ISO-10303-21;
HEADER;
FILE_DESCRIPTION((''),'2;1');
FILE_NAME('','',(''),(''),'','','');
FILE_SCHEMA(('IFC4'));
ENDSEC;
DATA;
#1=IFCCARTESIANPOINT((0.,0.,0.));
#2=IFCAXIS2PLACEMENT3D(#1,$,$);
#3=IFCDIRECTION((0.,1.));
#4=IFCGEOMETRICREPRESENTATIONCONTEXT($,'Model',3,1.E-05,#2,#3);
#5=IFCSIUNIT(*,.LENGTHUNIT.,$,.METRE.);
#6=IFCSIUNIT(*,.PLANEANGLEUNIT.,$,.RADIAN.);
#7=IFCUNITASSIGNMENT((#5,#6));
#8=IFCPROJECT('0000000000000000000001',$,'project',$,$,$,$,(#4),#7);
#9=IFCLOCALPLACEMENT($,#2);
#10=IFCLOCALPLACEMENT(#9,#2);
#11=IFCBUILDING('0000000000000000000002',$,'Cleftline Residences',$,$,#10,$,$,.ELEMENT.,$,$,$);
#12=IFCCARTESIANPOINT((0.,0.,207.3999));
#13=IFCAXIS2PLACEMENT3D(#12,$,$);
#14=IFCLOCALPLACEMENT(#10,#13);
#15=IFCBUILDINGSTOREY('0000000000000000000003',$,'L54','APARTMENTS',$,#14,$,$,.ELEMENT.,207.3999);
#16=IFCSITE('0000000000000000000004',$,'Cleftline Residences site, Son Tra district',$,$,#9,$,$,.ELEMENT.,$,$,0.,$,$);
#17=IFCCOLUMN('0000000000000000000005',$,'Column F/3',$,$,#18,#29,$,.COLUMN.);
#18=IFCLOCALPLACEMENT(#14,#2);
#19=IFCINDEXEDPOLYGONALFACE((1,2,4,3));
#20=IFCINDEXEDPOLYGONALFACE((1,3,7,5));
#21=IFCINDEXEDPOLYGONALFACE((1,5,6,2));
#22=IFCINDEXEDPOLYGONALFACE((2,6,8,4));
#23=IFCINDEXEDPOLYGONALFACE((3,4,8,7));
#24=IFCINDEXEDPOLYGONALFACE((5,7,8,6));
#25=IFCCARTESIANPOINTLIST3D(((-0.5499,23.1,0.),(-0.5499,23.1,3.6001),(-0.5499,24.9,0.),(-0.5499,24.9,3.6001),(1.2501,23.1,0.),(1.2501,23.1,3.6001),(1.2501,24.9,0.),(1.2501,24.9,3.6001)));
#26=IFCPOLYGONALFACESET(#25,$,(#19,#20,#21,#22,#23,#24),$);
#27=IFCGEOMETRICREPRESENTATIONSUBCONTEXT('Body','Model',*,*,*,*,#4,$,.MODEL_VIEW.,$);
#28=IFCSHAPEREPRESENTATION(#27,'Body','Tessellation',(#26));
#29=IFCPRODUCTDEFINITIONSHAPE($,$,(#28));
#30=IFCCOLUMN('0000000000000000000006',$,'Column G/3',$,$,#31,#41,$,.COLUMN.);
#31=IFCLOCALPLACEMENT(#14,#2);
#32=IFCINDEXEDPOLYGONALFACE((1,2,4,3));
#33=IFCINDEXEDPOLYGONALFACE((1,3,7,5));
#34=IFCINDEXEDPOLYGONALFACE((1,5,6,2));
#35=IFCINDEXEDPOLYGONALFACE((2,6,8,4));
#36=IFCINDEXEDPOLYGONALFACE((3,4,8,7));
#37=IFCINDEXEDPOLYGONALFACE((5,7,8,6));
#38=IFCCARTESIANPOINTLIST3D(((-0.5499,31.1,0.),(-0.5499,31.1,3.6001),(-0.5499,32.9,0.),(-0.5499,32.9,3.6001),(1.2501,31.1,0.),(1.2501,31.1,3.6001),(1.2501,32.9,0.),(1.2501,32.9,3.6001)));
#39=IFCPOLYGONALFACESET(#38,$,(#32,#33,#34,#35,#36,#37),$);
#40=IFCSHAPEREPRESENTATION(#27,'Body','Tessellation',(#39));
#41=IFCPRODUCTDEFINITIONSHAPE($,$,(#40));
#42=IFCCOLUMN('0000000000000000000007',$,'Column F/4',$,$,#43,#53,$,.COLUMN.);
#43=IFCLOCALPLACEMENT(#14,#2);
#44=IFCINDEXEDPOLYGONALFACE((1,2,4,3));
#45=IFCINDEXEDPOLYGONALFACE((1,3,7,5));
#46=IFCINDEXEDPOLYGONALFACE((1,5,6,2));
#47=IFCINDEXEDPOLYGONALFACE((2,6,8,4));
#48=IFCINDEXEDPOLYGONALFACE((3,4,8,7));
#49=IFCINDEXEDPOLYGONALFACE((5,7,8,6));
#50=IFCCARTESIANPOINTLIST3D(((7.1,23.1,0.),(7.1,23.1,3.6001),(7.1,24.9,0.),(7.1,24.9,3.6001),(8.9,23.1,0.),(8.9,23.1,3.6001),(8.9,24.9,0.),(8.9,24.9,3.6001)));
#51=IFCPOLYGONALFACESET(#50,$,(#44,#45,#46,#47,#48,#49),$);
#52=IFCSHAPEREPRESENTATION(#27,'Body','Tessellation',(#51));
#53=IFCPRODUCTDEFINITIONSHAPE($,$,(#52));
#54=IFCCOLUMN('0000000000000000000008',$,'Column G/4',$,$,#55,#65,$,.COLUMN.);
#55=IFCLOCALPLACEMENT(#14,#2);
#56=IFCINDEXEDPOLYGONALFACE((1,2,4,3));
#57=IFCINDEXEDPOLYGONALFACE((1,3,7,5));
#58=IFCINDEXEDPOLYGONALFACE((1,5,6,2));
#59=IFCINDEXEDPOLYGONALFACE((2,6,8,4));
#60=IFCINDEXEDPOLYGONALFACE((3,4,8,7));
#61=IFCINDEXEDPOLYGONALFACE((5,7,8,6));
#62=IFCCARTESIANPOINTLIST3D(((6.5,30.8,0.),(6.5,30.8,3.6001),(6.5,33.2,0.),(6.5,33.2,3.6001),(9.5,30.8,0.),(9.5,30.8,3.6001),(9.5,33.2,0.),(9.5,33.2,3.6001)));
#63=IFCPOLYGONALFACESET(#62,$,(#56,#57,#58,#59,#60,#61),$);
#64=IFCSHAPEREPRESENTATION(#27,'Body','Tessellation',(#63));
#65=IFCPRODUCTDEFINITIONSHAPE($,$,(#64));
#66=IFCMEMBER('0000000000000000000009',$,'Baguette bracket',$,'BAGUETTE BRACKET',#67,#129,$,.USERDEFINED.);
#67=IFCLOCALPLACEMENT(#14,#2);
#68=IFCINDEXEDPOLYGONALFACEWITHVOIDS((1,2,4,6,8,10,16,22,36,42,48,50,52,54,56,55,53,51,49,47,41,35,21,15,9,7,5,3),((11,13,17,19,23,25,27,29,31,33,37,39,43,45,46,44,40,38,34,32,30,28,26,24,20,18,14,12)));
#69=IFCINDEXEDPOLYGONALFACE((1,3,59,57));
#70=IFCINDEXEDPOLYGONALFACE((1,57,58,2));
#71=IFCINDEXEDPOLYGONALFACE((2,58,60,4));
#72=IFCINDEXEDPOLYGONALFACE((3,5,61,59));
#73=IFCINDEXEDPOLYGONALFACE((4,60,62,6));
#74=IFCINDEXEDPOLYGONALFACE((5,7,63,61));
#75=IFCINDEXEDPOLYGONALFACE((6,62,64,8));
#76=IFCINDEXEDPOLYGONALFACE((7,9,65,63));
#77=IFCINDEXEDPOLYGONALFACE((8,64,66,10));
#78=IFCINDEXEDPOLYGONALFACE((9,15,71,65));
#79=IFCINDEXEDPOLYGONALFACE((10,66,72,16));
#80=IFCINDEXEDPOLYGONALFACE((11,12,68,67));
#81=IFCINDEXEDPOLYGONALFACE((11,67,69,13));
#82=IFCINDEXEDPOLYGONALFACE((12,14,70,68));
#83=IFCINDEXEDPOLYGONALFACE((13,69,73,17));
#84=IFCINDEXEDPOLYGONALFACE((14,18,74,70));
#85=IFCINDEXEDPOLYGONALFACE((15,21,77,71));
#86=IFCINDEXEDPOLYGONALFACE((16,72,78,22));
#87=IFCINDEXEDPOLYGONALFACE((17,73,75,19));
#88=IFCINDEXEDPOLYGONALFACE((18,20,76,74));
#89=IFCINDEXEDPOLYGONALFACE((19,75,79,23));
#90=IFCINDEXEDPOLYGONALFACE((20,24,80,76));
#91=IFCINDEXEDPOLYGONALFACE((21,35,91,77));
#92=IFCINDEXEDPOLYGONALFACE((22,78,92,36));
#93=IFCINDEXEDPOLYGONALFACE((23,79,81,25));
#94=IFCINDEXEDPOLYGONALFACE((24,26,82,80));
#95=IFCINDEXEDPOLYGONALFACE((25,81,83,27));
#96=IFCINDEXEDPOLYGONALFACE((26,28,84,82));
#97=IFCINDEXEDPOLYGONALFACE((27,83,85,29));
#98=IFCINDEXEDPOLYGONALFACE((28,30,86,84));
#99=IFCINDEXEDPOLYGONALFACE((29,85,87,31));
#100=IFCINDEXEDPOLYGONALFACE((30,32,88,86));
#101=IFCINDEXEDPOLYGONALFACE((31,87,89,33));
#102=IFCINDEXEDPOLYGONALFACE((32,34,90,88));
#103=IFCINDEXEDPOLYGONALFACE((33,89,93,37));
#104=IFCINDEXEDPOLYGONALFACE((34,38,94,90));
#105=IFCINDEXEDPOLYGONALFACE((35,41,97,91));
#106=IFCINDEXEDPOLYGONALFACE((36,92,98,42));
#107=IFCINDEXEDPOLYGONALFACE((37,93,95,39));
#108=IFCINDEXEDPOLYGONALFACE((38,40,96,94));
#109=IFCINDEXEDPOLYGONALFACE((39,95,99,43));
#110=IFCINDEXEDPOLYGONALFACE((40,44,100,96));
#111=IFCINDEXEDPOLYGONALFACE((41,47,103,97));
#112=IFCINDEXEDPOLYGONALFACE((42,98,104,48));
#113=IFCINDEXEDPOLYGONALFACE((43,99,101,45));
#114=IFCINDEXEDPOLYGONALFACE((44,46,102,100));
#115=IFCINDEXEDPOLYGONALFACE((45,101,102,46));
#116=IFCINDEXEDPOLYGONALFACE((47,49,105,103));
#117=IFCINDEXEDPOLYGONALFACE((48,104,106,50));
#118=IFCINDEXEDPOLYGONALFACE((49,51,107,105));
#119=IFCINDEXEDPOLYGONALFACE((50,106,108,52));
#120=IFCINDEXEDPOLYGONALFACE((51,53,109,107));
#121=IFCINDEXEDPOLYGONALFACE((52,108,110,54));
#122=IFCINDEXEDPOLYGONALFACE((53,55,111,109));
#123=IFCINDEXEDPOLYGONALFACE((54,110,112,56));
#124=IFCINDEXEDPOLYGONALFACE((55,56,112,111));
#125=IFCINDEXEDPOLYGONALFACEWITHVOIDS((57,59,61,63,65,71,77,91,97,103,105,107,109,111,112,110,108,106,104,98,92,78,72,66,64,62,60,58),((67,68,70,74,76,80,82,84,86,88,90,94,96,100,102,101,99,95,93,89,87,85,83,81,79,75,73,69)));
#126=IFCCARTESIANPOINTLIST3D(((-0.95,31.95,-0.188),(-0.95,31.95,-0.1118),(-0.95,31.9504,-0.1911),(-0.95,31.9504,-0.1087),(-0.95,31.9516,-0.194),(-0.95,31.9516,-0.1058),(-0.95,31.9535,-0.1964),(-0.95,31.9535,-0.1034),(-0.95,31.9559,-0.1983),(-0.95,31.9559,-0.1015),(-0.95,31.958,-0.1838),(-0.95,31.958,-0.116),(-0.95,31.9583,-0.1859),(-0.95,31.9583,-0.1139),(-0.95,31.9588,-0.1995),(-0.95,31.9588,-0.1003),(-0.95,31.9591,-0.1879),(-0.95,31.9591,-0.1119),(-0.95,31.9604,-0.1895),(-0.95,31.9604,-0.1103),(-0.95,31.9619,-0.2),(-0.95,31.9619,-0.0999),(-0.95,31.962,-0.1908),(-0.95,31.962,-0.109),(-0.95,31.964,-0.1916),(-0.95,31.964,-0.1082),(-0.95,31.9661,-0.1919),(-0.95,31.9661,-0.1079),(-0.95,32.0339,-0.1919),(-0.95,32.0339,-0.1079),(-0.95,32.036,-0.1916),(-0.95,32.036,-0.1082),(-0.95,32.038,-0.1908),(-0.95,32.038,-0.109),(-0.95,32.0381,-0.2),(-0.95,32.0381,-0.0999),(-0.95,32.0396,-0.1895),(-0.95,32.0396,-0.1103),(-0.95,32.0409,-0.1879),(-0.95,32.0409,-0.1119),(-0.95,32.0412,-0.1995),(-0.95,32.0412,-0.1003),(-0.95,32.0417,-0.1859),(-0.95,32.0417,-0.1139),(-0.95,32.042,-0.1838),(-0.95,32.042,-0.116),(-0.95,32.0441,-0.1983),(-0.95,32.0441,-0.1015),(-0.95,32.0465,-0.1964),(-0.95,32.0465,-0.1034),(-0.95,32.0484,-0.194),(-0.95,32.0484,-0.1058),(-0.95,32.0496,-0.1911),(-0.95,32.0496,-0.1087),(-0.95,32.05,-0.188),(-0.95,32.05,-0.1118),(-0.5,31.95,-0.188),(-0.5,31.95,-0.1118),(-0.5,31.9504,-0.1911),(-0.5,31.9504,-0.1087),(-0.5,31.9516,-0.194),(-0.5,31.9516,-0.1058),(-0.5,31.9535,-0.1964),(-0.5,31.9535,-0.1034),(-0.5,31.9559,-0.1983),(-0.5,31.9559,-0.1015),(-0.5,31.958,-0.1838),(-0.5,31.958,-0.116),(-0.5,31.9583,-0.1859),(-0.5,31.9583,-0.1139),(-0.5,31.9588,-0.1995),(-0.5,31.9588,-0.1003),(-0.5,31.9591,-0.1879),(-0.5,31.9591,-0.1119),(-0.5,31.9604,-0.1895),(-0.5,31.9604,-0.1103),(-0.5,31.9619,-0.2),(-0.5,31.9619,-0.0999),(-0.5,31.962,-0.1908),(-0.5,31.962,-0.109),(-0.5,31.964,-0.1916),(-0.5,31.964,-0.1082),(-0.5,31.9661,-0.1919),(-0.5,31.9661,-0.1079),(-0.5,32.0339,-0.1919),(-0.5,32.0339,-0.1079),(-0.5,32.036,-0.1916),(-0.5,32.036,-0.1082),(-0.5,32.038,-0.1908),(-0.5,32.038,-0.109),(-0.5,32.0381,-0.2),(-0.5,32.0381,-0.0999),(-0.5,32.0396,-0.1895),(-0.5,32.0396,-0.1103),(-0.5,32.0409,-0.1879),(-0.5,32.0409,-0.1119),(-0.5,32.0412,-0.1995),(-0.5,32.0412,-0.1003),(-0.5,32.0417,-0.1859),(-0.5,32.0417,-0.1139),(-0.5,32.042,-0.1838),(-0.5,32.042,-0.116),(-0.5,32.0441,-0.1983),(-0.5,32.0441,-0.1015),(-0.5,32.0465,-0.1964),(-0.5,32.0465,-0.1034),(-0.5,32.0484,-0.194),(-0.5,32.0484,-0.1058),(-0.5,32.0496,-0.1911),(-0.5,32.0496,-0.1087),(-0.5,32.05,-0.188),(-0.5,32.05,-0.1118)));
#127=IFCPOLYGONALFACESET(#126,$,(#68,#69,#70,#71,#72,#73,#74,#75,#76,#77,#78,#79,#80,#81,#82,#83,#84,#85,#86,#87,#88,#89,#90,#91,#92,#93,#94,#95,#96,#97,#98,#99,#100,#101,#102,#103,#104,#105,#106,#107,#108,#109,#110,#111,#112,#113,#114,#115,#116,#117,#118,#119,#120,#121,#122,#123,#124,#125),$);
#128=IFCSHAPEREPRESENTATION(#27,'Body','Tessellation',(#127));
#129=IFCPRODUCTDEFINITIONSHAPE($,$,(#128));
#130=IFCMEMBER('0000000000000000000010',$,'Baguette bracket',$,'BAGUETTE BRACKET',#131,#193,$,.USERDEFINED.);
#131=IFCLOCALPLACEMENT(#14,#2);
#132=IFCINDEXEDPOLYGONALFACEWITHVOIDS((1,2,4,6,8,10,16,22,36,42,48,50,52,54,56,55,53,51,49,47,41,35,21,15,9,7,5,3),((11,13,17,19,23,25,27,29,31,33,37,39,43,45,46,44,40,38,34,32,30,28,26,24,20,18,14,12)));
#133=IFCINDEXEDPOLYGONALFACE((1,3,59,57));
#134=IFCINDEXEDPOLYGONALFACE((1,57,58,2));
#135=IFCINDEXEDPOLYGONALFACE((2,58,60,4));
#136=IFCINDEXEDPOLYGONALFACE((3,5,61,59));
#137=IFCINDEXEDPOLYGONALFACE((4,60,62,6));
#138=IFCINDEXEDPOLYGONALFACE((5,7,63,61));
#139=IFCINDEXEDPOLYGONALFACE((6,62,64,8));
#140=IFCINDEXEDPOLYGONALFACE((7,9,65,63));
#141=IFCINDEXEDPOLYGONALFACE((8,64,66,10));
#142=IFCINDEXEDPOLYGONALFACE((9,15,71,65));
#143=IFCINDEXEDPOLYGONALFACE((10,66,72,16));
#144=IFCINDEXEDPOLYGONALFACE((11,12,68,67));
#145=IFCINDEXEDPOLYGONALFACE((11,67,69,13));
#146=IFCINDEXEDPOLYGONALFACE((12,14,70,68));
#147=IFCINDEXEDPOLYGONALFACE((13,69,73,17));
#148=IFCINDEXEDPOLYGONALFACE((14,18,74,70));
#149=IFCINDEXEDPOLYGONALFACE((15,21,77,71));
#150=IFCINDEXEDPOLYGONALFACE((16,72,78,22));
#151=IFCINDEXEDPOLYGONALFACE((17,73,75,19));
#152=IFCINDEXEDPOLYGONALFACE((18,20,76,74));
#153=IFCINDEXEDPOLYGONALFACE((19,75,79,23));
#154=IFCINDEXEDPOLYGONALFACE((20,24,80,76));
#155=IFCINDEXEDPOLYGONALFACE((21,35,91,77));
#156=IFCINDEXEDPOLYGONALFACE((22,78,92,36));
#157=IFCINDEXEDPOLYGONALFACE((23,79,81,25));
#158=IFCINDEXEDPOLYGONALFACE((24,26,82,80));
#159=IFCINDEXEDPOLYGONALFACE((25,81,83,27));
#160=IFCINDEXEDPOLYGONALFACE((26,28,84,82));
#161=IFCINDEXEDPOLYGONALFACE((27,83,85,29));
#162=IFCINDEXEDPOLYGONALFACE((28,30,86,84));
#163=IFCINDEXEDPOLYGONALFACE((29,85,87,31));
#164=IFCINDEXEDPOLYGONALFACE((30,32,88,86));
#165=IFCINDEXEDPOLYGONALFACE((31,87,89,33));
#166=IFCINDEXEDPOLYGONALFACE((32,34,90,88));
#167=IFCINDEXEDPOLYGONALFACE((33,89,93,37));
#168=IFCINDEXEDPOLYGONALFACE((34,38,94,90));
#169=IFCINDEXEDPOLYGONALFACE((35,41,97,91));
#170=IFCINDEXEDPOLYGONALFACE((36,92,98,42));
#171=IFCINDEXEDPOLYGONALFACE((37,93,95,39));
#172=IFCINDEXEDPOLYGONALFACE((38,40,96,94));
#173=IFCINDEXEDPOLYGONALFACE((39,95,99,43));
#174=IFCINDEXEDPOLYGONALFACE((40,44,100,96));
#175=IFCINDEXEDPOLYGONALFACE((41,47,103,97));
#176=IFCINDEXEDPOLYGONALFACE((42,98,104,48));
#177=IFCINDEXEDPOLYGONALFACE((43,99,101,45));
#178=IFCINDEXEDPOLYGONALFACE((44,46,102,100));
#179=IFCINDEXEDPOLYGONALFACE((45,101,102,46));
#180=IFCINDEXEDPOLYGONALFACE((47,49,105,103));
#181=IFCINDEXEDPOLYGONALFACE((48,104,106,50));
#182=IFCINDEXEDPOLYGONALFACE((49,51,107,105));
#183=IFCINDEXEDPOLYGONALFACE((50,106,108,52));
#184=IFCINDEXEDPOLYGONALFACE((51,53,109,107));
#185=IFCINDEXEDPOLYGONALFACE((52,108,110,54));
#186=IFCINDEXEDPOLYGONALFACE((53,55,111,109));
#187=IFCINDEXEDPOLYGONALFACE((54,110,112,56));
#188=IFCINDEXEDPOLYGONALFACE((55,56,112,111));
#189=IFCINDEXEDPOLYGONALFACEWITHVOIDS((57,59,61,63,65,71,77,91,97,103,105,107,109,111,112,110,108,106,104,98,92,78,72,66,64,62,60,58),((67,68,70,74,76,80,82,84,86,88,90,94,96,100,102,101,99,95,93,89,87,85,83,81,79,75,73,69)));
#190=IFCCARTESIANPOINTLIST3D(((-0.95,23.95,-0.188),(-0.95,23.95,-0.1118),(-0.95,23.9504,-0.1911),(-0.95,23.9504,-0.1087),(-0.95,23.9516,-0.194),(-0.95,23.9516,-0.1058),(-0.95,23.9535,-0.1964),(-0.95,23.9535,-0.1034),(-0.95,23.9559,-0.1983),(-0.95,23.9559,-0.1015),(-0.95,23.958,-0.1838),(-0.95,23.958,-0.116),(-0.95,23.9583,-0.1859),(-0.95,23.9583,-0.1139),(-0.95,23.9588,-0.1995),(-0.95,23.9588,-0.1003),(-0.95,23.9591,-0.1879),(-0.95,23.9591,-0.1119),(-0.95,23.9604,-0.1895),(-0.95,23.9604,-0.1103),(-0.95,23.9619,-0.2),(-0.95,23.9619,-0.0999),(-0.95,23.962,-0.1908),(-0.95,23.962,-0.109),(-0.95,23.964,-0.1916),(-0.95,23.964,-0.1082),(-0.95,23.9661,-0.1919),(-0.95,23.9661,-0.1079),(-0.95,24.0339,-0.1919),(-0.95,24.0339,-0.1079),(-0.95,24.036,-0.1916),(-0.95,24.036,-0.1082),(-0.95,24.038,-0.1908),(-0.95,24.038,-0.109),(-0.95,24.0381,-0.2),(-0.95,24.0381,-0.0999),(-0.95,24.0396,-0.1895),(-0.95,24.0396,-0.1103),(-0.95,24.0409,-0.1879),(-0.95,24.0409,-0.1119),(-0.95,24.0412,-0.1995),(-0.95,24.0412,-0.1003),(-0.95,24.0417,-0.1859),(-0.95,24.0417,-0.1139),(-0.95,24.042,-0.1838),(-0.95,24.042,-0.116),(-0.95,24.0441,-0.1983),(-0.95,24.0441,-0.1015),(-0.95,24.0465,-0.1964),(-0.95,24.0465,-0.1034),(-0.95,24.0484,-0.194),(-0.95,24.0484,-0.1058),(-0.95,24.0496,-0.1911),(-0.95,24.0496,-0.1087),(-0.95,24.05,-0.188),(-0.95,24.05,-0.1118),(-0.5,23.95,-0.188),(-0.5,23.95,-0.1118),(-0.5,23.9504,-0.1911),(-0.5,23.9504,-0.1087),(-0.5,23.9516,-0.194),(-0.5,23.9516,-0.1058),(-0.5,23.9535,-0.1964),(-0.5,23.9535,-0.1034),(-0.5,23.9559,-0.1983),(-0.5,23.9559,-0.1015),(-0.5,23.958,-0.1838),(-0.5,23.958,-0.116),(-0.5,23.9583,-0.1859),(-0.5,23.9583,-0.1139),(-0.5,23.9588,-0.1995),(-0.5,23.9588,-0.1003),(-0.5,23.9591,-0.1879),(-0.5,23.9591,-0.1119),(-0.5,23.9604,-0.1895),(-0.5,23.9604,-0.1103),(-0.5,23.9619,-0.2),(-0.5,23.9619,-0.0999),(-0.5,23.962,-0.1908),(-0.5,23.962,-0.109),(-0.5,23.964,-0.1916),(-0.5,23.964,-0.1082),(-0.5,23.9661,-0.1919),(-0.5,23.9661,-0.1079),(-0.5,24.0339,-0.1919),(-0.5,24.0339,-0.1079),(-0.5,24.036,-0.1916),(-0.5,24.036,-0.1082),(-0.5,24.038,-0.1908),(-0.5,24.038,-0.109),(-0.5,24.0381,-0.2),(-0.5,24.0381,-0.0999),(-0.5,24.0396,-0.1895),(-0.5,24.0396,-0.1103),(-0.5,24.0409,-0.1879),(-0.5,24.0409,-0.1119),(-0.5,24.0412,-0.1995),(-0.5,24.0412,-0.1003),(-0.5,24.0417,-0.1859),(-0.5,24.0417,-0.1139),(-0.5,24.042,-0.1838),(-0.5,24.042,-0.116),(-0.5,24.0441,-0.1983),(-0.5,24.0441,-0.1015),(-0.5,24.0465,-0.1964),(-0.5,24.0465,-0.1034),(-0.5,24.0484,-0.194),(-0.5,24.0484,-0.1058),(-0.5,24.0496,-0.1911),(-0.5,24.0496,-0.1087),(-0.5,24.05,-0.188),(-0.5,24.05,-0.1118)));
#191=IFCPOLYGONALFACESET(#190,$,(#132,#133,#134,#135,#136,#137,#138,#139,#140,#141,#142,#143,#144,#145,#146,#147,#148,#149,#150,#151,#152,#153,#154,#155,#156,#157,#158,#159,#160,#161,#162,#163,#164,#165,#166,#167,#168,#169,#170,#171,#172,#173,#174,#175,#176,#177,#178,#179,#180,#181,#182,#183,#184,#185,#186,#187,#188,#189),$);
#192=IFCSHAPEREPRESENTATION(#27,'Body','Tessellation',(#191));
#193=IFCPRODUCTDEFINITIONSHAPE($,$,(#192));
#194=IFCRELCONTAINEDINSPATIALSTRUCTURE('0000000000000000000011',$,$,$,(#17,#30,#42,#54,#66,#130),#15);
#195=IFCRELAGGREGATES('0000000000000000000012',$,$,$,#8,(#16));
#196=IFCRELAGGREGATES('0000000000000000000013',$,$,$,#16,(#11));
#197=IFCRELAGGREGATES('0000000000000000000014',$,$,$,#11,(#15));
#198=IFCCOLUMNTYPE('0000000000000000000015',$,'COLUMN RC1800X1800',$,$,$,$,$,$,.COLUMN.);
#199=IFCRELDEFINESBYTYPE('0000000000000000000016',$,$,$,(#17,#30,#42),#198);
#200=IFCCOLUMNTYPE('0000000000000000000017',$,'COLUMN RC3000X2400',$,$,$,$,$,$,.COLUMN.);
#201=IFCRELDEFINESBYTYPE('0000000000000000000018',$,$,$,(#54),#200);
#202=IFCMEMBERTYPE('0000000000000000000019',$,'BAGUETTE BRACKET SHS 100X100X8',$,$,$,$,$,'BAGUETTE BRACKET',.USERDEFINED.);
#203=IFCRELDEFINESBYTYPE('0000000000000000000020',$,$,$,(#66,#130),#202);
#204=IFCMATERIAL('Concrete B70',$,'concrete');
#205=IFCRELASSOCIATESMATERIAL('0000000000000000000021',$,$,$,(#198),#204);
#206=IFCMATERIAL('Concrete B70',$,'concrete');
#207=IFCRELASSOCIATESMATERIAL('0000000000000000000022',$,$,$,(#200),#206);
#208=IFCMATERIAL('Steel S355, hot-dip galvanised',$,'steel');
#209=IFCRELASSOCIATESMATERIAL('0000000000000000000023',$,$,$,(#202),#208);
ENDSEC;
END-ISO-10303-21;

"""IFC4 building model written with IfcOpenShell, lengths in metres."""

from ifc_helpers import new_model, si_unit, direction, frame, origin, origin_2d, place, context, subcontext, project, spatial, rectangle, hollow_rectangle, extrude, material, material_profile, profile_set, type_object, element, save


model = new_model("IFC4")

# Units and contexts
model_context = context("Model", 3, precision=1e-05, world=origin(), true_north=direction((0.0, 1.0)))
body_context = subcontext(model_context, "Body", "Model", "MODEL_VIEW")
ifc_project = project(units=[si_unit("LENGTHUNIT", "METRE"), si_unit("PLANEANGLEUNIT", "RADIAN")], contexts=[model_context])

# Site, building, storey
site_placement = place(None, origin())
site = spatial("IfcSite", under=ifc_project, at=site_placement, Name="Cleftline Residences site, Son Tra district", CompositionType="ELEMENT", RefElevation=0.0)
building_placement = place(site_placement, origin())
building = spatial("IfcBuilding", under=site, at=building_placement, Name="Cleftline Residences", CompositionType="ELEMENT")
storey_placement = place(building_placement, frame((0.0, 0.0, 207.3999)))
storey = spatial("IfcBuildingStorey", under=building, at=storey_placement, Name="L54", Description="APARTMENTS", CompositionType="ELEMENT", Elevation=207.3999)

# Columns
ifc_material_1 = material(Name="Concrete B70", Category="concrete")
ifc_material_profile_1 = material_profile(ifc_material_1, rectangle(XDim=1.8, YDim=1.8, at=origin_2d()))
ifc_profile_set_1 = profile_set([ifc_material_profile_1], Name="Concrete B70")
column_type_1 = type_object("IfcColumnType", Name="COLUMN RC1800X1800", PredefinedType="COLUMN", material=ifc_profile_set_1)
for number, where, z_axis, x_axis, name in (
    (1, (0.3501, 24.0, 0.0), (0.0, 0.0, 1.0), (1.0, 0.0, 0.0), "Column F/3"),
    (2, (0.3501, 32.0, 0.0), (0.0, 0.0, 1.0), (1.0, 0.0, 0.0), "Column G/3"),
    (3, (8.0, 24.0, 0.0), (0.0, 0.0, 1.0), (1.0, 0.0, 0.0), "Column F/4"),
):
    element("IfcColumn", number, at=place(storey_placement, frame(where, z_axis=z_axis, x_axis=x_axis)), inside=storey, type_object=column_type_1, Name=name, PredefinedType="COLUMN", context=body_context, shape_type="SweptSolid", body=[
        extrude(rectangle(XDim=1.8, YDim=1.8, at=origin_2d()), origin(), (0.0, 0.0, 1.0), 3.6001),
    ])
ifc_material_2 = material(Name="Concrete B70", Category="concrete")
ifc_material_profile_2 = material_profile(ifc_material_2, rectangle(XDim=3.0, YDim=2.3999, at=origin_2d()))
ifc_profile_set_2 = profile_set([ifc_material_profile_2], Name="Concrete B70")
column_type_2 = type_object("IfcColumnType", Name="COLUMN RC3000X2400", PredefinedType="COLUMN", material=ifc_profile_set_2)
column_placement = place(storey_placement, frame((8.0, 32.0, 0.0), z_axis=(0.0, 0.0, 1.0), x_axis=(1.0, 0.0, 0.0)))
element("IfcColumn", 4, at=column_placement, inside=storey, type_object=column_type_2, Name="Column G/4", PredefinedType="COLUMN", context=body_context, shape_type="SweptSolid", body=[
    extrude(rectangle(XDim=3.0, YDim=2.3999, at=origin_2d()), origin(), (0.0, 0.0, 1.0), 3.6001),
])

# Members
ifc_material_3 = material(Name="Steel S355, hot-dip galvanised", Category="steel")
ifc_material_profile_3 = material_profile(ifc_material_3, hollow_rectangle(XDim=0.1001, YDim=0.1001, WallThickness=0.0081, InnerFilletRadius=0.0081, OuterFilletRadius=0.012, at=origin_2d()))
ifc_profile_set_3 = profile_set([ifc_material_profile_3], Name="Steel S355, hot-dip galvanised")
member_type_1 = type_object("IfcMemberType", Name="BAGUETTE BRACKET SHS 100X100X8", ElementType="BAGUETTE BRACKET", PredefinedType="USERDEFINED", material=ifc_profile_set_3)
for number, where, z_axis, x_axis, name in (
    (5, (-0.5, 32.0, -0.1499), (-1.0, 0.0, 0.0), (0.0, -1.0, 0.0), "Baguette bracket"),
    (6, (-0.5, 24.0, -0.1499), (-1.0, 0.0, 0.0), (0.0, -1.0, 0.0), "Baguette bracket"),
):
    element("IfcMember", number, at=place(storey_placement, frame(where, z_axis=z_axis, x_axis=x_axis)), inside=storey, type_object=member_type_1, Name=name, ObjectType="BAGUETTE BRACKET", PredefinedType="USERDEFINED", context=body_context, shape_type="SweptSolid", body=[
        extrude(hollow_rectangle(XDim=0.1001, YDim=0.1001, WallThickness=0.0081, InnerFilletRadius=0.0081, OuterFilletRadius=0.012, at=origin_2d()), origin(), (0.0, 0.0, 1.0), 0.45),
    ])

save(model, "model.ifc")
